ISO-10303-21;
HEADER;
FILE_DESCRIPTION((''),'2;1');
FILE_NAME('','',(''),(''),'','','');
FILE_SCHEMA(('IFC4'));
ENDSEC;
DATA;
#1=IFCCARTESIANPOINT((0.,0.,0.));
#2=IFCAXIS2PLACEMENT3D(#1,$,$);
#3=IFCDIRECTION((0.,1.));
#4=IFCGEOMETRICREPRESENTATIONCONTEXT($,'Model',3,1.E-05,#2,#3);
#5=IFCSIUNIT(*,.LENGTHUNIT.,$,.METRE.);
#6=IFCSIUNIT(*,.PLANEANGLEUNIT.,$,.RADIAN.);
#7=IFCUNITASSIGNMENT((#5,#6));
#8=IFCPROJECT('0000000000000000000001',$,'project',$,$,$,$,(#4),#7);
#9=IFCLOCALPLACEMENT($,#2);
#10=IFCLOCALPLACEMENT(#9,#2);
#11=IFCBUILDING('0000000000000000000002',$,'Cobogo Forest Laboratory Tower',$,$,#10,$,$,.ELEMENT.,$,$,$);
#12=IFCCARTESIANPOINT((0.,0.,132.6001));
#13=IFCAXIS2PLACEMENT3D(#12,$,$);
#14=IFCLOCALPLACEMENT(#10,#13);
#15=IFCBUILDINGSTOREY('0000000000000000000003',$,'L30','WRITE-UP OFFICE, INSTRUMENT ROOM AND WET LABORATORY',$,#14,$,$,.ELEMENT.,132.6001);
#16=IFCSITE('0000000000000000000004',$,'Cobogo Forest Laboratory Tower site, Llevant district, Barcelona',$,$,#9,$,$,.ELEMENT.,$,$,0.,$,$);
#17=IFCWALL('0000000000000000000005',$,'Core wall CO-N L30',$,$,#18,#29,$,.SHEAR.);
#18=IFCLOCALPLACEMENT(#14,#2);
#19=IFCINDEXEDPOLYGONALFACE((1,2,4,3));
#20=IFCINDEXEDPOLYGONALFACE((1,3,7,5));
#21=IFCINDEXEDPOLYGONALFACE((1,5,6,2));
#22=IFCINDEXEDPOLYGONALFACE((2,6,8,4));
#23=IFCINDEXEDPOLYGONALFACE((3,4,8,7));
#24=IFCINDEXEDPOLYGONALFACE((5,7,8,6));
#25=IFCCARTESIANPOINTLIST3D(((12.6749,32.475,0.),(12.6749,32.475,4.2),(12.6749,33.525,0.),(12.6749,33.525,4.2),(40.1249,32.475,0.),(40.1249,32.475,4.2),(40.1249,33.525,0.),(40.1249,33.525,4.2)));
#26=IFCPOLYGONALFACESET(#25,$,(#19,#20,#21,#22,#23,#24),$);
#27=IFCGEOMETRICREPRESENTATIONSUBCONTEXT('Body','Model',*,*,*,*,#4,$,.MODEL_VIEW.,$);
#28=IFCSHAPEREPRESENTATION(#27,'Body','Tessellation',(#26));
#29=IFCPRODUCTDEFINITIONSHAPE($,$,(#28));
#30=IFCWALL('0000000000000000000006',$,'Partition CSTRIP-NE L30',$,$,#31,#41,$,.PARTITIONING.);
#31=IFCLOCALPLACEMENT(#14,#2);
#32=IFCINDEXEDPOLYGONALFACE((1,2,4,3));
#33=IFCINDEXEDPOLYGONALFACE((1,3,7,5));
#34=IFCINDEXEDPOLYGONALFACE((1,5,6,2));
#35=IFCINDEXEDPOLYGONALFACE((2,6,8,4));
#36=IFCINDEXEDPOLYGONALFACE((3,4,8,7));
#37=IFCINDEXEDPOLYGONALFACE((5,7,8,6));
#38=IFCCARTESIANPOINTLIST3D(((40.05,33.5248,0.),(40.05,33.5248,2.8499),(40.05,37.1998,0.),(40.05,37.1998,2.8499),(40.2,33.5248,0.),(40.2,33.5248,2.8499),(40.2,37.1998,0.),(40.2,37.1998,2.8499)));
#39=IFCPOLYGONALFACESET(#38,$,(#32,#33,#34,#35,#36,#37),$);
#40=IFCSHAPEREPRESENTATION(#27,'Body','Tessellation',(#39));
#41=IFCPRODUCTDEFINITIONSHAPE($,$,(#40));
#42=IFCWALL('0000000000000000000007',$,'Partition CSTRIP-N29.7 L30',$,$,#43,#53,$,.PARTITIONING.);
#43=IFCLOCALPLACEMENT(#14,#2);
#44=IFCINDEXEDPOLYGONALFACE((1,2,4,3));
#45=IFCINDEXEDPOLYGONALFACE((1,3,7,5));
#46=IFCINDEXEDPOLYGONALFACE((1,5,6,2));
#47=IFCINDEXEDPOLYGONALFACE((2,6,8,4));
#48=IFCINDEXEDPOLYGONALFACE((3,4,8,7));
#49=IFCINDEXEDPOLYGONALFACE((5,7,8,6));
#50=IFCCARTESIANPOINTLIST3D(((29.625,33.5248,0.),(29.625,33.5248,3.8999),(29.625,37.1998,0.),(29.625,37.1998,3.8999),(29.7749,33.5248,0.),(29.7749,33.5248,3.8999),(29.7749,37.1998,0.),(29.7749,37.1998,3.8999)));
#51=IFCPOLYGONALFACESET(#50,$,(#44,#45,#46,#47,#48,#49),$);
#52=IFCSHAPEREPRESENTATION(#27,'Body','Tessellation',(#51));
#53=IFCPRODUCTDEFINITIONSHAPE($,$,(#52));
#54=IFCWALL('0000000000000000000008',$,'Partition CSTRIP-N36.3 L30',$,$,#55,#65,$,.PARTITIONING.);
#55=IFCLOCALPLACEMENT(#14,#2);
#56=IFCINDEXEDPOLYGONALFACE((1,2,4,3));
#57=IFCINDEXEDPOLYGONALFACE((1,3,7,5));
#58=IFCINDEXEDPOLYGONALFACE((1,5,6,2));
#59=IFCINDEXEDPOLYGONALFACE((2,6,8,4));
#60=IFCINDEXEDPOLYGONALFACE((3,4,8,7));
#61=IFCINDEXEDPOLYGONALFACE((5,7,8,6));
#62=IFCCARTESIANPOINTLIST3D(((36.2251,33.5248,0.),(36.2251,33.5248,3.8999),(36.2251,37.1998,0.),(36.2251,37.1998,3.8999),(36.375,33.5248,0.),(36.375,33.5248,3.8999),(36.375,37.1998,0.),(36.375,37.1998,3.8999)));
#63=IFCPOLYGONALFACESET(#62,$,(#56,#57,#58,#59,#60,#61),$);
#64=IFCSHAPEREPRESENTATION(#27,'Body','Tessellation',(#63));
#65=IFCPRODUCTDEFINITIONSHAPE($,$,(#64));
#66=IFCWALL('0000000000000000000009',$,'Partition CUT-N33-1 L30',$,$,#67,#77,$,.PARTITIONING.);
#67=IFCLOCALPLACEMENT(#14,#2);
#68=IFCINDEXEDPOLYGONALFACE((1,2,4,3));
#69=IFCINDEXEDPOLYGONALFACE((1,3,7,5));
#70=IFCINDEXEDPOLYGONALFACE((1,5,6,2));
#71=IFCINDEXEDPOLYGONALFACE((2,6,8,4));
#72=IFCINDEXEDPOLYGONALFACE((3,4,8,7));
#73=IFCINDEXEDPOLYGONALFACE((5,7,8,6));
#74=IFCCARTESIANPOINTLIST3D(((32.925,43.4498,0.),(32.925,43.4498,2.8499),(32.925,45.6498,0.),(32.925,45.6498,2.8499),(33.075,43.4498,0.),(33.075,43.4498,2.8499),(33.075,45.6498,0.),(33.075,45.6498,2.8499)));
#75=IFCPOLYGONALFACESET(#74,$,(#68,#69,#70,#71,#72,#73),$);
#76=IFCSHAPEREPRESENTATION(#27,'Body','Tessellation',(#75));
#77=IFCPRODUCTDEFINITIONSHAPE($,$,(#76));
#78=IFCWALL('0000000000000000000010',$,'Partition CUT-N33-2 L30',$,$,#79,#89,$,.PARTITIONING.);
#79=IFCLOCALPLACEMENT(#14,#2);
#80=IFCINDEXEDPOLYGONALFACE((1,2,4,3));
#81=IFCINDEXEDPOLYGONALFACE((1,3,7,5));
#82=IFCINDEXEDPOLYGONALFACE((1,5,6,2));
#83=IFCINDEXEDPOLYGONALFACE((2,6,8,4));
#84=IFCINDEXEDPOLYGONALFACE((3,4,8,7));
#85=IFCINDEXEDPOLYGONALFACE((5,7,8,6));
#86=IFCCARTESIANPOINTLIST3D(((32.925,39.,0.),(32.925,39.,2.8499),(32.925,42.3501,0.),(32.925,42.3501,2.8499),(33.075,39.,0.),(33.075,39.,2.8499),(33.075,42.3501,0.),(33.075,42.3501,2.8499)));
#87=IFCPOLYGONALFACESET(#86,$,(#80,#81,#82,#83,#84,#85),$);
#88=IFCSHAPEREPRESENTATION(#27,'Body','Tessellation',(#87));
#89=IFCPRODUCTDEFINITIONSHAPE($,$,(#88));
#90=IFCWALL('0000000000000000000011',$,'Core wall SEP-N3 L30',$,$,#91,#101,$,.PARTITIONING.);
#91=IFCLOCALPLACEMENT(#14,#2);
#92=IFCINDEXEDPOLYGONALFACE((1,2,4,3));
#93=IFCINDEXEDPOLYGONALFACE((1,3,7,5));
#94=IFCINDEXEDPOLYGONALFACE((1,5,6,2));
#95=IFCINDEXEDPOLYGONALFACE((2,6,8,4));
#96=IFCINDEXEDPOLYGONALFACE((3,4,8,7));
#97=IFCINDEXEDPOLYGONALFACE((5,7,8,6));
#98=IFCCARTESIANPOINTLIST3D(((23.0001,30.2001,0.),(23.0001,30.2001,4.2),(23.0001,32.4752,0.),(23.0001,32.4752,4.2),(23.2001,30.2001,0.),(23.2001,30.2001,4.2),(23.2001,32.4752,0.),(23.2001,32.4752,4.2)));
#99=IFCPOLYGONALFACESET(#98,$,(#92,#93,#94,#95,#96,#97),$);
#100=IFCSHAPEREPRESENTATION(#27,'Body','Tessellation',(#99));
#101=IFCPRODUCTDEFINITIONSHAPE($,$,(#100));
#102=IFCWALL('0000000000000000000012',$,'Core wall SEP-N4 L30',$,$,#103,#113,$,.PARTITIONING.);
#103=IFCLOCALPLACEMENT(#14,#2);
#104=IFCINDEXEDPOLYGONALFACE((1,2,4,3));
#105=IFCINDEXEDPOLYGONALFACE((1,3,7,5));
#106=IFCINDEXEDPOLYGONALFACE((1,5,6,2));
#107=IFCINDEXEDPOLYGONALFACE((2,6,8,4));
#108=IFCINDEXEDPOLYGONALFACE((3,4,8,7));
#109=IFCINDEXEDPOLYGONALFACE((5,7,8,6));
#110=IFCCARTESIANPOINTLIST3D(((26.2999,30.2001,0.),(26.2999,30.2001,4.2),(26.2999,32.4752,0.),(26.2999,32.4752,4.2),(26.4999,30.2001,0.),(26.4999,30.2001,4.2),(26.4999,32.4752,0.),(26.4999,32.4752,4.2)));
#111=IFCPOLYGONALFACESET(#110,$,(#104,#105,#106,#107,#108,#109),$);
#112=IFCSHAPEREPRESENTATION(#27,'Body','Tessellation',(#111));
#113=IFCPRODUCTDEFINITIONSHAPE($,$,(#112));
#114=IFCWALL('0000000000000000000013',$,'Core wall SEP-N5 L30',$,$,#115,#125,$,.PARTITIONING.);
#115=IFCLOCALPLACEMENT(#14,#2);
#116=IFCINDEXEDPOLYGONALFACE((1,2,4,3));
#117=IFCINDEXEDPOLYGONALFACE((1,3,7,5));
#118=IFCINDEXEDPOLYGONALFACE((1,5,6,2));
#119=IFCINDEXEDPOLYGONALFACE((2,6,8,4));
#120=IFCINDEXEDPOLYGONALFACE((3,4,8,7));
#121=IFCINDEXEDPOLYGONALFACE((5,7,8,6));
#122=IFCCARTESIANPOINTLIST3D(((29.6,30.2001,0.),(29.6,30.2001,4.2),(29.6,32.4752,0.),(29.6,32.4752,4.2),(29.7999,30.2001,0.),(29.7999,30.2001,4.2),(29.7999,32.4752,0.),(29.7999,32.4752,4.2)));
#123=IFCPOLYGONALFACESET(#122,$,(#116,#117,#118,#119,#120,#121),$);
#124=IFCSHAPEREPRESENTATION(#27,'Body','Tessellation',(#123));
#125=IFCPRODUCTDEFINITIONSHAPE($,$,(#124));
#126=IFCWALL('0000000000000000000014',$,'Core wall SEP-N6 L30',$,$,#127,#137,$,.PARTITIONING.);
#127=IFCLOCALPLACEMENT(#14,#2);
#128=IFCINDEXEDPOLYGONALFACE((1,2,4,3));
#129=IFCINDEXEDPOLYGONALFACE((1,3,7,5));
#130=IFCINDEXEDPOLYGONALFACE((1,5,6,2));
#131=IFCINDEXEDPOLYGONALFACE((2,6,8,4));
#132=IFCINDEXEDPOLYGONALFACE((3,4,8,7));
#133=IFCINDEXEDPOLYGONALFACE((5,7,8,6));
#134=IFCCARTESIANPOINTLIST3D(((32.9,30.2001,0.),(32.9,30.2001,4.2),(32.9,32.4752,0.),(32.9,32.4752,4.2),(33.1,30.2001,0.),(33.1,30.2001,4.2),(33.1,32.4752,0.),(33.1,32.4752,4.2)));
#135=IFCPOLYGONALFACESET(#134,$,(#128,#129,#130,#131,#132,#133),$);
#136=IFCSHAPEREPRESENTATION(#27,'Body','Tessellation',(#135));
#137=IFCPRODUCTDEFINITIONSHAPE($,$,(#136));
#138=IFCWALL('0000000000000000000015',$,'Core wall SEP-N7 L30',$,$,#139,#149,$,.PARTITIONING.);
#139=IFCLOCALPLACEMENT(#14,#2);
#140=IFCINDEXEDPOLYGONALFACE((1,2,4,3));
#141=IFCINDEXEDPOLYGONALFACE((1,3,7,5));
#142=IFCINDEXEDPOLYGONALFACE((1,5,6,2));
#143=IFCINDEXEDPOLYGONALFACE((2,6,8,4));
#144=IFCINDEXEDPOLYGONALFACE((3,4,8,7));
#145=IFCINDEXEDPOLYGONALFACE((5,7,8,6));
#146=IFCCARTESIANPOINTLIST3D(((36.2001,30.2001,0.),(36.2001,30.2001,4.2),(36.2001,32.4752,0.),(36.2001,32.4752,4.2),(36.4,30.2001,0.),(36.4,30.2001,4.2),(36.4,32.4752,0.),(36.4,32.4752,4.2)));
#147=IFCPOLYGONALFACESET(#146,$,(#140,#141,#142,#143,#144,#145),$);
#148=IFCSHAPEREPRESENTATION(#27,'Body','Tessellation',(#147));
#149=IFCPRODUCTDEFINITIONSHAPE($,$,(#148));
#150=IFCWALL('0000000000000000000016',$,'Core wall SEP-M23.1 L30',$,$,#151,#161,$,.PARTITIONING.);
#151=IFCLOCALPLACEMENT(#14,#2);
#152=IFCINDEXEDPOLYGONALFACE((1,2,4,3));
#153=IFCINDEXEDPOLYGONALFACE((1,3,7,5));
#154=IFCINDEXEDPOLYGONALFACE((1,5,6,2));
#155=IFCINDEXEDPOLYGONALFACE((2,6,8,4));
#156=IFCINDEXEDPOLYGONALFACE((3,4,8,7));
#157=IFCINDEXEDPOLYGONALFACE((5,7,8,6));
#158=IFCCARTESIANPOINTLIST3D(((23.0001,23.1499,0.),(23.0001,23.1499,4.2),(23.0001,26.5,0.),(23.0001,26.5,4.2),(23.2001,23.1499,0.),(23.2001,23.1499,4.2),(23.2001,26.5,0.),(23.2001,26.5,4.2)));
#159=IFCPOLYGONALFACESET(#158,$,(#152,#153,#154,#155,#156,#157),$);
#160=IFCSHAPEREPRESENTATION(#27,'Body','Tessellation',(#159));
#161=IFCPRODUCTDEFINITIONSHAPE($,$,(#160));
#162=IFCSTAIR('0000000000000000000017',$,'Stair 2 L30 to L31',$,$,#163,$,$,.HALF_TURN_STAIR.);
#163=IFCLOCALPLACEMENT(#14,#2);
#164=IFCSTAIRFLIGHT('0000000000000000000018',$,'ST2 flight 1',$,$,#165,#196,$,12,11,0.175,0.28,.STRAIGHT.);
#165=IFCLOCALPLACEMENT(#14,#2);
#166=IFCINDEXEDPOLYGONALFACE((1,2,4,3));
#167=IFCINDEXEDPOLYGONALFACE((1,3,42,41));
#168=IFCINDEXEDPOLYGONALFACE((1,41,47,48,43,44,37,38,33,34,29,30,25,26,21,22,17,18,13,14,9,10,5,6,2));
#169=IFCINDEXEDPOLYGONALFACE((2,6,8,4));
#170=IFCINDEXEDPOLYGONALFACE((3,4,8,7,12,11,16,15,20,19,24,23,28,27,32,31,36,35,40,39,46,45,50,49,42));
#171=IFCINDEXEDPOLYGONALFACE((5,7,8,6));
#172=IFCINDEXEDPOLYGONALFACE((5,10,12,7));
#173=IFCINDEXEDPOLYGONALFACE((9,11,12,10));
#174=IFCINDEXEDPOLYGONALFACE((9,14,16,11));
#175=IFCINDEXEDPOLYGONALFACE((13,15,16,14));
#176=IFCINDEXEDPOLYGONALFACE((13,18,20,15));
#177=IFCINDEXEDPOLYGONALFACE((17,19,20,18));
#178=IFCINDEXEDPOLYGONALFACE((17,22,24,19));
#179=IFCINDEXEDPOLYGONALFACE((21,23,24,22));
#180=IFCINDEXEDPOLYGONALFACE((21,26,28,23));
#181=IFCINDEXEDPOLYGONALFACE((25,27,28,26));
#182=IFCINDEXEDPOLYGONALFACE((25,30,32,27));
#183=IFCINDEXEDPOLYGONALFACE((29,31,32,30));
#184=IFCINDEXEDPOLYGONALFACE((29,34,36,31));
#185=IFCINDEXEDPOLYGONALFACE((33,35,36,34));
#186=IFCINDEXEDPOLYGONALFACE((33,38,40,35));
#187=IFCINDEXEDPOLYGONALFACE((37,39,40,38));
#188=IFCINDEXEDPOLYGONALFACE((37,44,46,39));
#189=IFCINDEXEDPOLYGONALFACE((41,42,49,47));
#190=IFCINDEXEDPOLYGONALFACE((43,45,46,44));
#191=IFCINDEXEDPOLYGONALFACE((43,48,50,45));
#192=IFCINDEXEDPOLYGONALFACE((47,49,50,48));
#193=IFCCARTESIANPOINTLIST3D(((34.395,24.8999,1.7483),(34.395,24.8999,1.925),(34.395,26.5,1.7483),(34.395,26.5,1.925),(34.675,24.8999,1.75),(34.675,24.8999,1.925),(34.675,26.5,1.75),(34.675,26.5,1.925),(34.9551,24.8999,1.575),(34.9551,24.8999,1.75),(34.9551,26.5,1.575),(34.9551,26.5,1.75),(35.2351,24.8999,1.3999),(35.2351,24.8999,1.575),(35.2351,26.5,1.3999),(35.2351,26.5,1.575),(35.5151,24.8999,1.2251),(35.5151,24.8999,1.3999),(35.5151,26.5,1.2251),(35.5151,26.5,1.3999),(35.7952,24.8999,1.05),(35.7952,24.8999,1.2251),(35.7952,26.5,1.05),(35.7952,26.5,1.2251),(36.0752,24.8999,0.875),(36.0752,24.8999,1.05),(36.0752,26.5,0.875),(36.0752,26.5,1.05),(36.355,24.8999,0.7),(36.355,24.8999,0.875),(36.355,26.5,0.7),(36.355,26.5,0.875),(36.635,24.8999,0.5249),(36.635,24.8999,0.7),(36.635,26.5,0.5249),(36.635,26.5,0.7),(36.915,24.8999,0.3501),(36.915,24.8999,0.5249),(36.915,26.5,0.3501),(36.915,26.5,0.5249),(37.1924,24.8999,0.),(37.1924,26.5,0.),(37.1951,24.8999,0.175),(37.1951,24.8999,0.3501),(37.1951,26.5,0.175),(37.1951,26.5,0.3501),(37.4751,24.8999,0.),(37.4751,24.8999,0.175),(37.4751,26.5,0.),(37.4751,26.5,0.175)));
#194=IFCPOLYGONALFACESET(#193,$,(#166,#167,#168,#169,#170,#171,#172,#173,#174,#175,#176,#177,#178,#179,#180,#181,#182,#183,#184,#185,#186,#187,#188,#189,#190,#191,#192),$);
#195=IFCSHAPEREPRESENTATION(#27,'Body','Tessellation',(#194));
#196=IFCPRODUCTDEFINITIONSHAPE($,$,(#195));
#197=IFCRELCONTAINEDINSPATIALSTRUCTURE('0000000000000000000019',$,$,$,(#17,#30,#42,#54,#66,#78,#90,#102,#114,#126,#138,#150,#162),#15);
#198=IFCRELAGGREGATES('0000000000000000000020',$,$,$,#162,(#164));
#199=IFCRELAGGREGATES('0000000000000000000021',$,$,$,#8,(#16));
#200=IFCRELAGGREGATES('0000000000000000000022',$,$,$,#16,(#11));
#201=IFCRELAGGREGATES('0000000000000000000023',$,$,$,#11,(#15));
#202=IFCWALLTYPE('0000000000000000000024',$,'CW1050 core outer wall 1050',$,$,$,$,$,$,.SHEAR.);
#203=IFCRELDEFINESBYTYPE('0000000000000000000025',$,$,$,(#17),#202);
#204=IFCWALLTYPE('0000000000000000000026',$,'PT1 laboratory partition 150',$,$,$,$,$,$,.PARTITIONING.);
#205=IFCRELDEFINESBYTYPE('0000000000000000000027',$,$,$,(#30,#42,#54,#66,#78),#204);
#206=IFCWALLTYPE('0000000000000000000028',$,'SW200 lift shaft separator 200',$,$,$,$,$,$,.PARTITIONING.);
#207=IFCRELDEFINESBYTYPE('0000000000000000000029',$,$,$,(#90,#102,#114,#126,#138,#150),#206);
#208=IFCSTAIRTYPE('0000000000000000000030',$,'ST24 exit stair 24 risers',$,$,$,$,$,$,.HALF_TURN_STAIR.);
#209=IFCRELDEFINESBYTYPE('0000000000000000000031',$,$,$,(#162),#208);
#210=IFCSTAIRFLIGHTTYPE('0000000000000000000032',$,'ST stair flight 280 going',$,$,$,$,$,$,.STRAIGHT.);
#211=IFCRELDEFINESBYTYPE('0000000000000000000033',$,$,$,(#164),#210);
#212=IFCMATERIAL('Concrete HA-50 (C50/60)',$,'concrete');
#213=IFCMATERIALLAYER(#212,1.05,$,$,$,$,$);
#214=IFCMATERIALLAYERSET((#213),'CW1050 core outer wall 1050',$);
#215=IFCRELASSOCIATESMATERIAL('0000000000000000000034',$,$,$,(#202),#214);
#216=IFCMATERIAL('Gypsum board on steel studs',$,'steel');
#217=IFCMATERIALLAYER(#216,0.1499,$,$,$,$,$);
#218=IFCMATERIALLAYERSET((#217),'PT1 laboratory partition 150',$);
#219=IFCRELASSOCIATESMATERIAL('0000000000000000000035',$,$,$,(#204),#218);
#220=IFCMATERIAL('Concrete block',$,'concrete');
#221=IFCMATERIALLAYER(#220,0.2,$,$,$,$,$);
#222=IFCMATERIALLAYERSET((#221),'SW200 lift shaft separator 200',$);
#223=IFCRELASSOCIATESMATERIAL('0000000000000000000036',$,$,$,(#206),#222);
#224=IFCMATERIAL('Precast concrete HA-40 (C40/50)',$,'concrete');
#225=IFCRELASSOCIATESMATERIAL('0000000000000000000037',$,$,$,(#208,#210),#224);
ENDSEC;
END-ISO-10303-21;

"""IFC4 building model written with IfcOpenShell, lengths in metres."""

from ifc_helpers import new_model, si_unit, direction, frame, frame_2d, origin, place, context, subcontext, project, spatial, polyline, rectangle, outline, extrude, material, layer, layer_set, type_object, element, aggregate, save


model = new_model("IFC4")

# Units and contexts
model_context = context("Model", 3, precision=1e-05, world=origin(), true_north=direction((0.0, 1.0)))
body_context = subcontext(model_context, "Body", "Model", "MODEL_VIEW")
ifc_project = project(units=[si_unit("LENGTHUNIT", "METRE"), si_unit("PLANEANGLEUNIT", "RADIAN")], contexts=[model_context])

# Site, building, storey
site_placement = place(None, origin())
site = spatial("IfcSite", under=ifc_project, at=site_placement, Name="Cobogo Forest Laboratory Tower site, Llevant district, Barcelona", CompositionType="ELEMENT", RefElevation=0.0)
building_placement = place(site_placement, origin())
building = spatial("IfcBuilding", under=site, at=building_placement, Name="Cobogo Forest Laboratory Tower", CompositionType="ELEMENT")
storey_placement = place(building_placement, frame((0.0, 0.0, 132.6001)))
storey = spatial("IfcBuildingStorey", under=building, at=storey_placement, Name="L30", Description="WRITE-UP OFFICE, INSTRUMENT ROOM AND WET LABORATORY", CompositionType="ELEMENT", Elevation=132.6001)

# Shared definitions
ifc_material_1 = material(Name="Concrete HA-50 (C50/60)", Category="concrete")

# Walls
ifc_layer_1 = layer(ifc_material_1, 1.05)
ifc_layer_set_1 = layer_set([ifc_layer_1], Name="CW1050 core outer wall 1050")
wall_type_1 = type_object("IfcWallType", Name="CW1050 core outer wall 1050", PredefinedType="SHEAR", material=ifc_layer_set_1)
wall_1_placement = place(storey_placement, frame((40.125, 33.0, 0.0), z_axis=(0.0, 0.0, 1.0), x_axis=(-1.0, 0.0, 0.0)))
element("IfcWall", 1, at=wall_1_placement, inside=storey, type_object=wall_type_1, Name="Core wall CO-N L30", PredefinedType="SHEAR", context=body_context, shape_type="SweptSolid", body=[
    extrude(rectangle(XDim=27.45, YDim=1.05, at=frame_2d((13.7251, 0.0))), origin(), (0.0, 0.0, 1.0), 4.2),
])
ifc_material_2 = material(Name="Gypsum board on steel studs", Category="steel")
ifc_layer_2 = layer(ifc_material_2, 0.1499)
ifc_layer_set_2 = layer_set([ifc_layer_2], Name="PT1 laboratory partition 150")
wall_type_2 = type_object("IfcWallType", Name="PT1 laboratory partition 150", PredefinedType="PARTITIONING", material=ifc_layer_set_2)
wall_2_placement = place(storey_placement, frame((40.125, 33.5249, 0.0), z_axis=(0.0, 0.0, 1.0), x_axis=(0.0, 1.0, 0.0)))
element("IfcWall", 2, at=wall_2_placement, inside=storey, type_object=wall_type_2, Name="Partition CSTRIP-NE L30", PredefinedType="PARTITIONING", context=body_context, shape_type="SweptSolid", body=[
    extrude(rectangle(XDim=3.675, YDim=0.1499, at=frame_2d((1.8374, 0.0))), origin(), (0.0, 0.0, 1.0), 2.8499),
])
for number, where, z_axis, x_axis, name in (
    (3, (29.7, 33.5249, 0.0), (0.0, 0.0, 1.0), (0.0, 1.0, 0.0), "Partition CSTRIP-N29.7 L30"),
    (4, (36.3, 33.5249, 0.0), (0.0, 0.0, 1.0), (0.0, 1.0, 0.0), "Partition CSTRIP-N36.3 L30"),
):
    element("IfcWall", number, at=place(storey_placement, frame(where, z_axis=z_axis, x_axis=x_axis)), inside=storey, type_object=wall_type_2, Name=name, PredefinedType="PARTITIONING", context=body_context, shape_type="SweptSolid", body=[
        extrude(rectangle(XDim=3.675, YDim=0.1499, at=frame_2d((1.8374, 0.0))), origin(), (0.0, 0.0, 1.0), 3.8999),
    ])
wall_3_placement = place(storey_placement, frame((33.0, 45.6499, 0.0), z_axis=(0.0, 0.0, 1.0), x_axis=(0.0, -1.0, 0.0)))
element("IfcWall", 5, at=wall_3_placement, inside=storey, type_object=wall_type_2, Name="Partition CUT-N33-1 L30", PredefinedType="PARTITIONING", context=body_context, shape_type="SweptSolid", body=[
    extrude(rectangle(XDim=2.2, YDim=0.1499, at=frame_2d((1.1001, 0.0))), origin(), (0.0, 0.0, 1.0), 2.8499),
])
wall_4_placement = place(storey_placement, frame((33.0, 42.3501, 0.0), z_axis=(0.0, 0.0, 1.0), x_axis=(0.0, -1.0, 0.0)))
element("IfcWall", 6, at=wall_4_placement, inside=storey, type_object=wall_type_2, Name="Partition CUT-N33-2 L30", PredefinedType="PARTITIONING", context=body_context, shape_type="SweptSolid", body=[
    extrude(rectangle(XDim=3.3501, YDim=0.1499, at=frame_2d((1.675, 0.0))), origin(), (0.0, 0.0, 1.0), 2.8499),
])
ifc_material_3 = material(Name="Concrete block", Category="concrete")
ifc_layer_3 = layer(ifc_material_3, 0.2)
ifc_layer_set_3 = layer_set([ifc_layer_3], Name="SW200 lift shaft separator 200")
wall_type_3 = type_object("IfcWallType", Name="SW200 lift shaft separator 200", PredefinedType="PARTITIONING", material=ifc_layer_set_3)
for number, where, z_axis, x_axis, name in (
    (7, (23.1001, 30.2, 0.0), (0.0, 0.0, 1.0), (0.0, 1.0, 0.0), "Core wall SEP-N3 L30"),
    (8, (26.3999, 30.2, 0.0), (0.0, 0.0, 1.0), (0.0, 1.0, 0.0), "Core wall SEP-N4 L30"),
    (9, (29.7, 30.2, 0.0), (0.0, 0.0, 1.0), (0.0, 1.0, 0.0), "Core wall SEP-N5 L30"),
    (10, (33.0, 30.2, 0.0), (0.0, 0.0, 1.0), (0.0, 1.0, 0.0), "Core wall SEP-N6 L30"),
    (11, (36.3, 30.2, 0.0), (0.0, 0.0, 1.0), (0.0, 1.0, 0.0), "Core wall SEP-N7 L30"),
):
    element("IfcWall", number, at=place(storey_placement, frame(where, z_axis=z_axis, x_axis=x_axis)), inside=storey, type_object=wall_type_3, Name=name, PredefinedType="PARTITIONING", context=body_context, shape_type="SweptSolid", body=[
        extrude(rectangle(XDim=2.2751, YDim=0.2, at=frame_2d((1.1377, 0.0))), origin(), (0.0, 0.0, 1.0), 4.2),
    ])
wall_5_placement = place(storey_placement, frame((23.1001, 23.1499, 0.0), z_axis=(0.0, 0.0, 1.0), x_axis=(0.0, 1.0, 0.0)))
element("IfcWall", 12, at=wall_5_placement, inside=storey, type_object=wall_type_3, Name="Core wall SEP-M23.1 L30", PredefinedType="PARTITIONING", context=body_context, shape_type="SweptSolid", body=[
    extrude(rectangle(XDim=3.3501, YDim=0.2, at=frame_2d((1.675, 0.0))), origin(), (0.0, 0.0, 1.0), 4.2),
])

# Stair, stair flight
ifc_material_4 = material(Name="Precast concrete HA-40 (C40/50)", Category="concrete")
stair_type = type_object("IfcStairType", Name="ST24 exit stair 24 risers", PredefinedType="HALF_TURN_STAIR", material=ifc_material_4)
stair_placement = place(storey_placement, origin())
stair = element("IfcStair", 13, at=stair_placement, inside=storey, type_object=stair_type, Name="Stair 2 L30 to L31", PredefinedType="HALF_TURN_STAIR")
stair_flight_type = type_object("IfcStairFlightType", Name="ST stair flight 280 going", PredefinedType="STRAIGHT", material=ifc_material_4)
stair_flight_1_placement = place(storey_placement, frame((37.4751, 25.7, 0.0), z_axis=(0.0, 0.0, 1.0), x_axis=(-1.0, 0.0, 0.0)))
stair_flight_1 = element("IfcStairFlight", 14, at=stair_flight_1_placement, type_object=stair_flight_type, Name="ST2 flight 1", NumberOfRisers=12, NumberOfTreads=11, PredefinedType="STRAIGHT", RiserHeight=0.175, TreadLength=0.28, context=body_context, shape_type="SweptSolid", body=[
    extrude(outline(polyline([(0.0, 0.0), (0.0, 0.175), (0.28, 0.175), (0.28, 0.3501), (0.5601, 0.3501), (0.5601, 0.5249), (0.8401, 0.5249), (0.8401, 0.7), (1.1201, 0.7), (1.1201, 0.875), (1.3999, 0.875), (1.3999, 1.05), (1.6799, 1.05), (1.6799, 1.2251), (1.96, 1.2251), (1.96, 1.3999), (2.24, 1.3999), (2.24, 1.575), (2.52, 1.575), (2.52, 1.75), (2.8, 1.75), (2.8, 1.925), (3.0801, 1.925), (3.0801, 2.1001), (3.0801, 1.7483), (0.2827, 0.0), (0.0, 0.0)])), frame((0.0, 0.8, 0.0), z_axis=(0.0, -1.0, 0.0), x_axis=(1.0, 0.0, 0.0)), (0.0, 0.0, 1.0), 1.6001),
])
aggregate(stair, [stair_flight_1])

save(model, "model.ifc")
